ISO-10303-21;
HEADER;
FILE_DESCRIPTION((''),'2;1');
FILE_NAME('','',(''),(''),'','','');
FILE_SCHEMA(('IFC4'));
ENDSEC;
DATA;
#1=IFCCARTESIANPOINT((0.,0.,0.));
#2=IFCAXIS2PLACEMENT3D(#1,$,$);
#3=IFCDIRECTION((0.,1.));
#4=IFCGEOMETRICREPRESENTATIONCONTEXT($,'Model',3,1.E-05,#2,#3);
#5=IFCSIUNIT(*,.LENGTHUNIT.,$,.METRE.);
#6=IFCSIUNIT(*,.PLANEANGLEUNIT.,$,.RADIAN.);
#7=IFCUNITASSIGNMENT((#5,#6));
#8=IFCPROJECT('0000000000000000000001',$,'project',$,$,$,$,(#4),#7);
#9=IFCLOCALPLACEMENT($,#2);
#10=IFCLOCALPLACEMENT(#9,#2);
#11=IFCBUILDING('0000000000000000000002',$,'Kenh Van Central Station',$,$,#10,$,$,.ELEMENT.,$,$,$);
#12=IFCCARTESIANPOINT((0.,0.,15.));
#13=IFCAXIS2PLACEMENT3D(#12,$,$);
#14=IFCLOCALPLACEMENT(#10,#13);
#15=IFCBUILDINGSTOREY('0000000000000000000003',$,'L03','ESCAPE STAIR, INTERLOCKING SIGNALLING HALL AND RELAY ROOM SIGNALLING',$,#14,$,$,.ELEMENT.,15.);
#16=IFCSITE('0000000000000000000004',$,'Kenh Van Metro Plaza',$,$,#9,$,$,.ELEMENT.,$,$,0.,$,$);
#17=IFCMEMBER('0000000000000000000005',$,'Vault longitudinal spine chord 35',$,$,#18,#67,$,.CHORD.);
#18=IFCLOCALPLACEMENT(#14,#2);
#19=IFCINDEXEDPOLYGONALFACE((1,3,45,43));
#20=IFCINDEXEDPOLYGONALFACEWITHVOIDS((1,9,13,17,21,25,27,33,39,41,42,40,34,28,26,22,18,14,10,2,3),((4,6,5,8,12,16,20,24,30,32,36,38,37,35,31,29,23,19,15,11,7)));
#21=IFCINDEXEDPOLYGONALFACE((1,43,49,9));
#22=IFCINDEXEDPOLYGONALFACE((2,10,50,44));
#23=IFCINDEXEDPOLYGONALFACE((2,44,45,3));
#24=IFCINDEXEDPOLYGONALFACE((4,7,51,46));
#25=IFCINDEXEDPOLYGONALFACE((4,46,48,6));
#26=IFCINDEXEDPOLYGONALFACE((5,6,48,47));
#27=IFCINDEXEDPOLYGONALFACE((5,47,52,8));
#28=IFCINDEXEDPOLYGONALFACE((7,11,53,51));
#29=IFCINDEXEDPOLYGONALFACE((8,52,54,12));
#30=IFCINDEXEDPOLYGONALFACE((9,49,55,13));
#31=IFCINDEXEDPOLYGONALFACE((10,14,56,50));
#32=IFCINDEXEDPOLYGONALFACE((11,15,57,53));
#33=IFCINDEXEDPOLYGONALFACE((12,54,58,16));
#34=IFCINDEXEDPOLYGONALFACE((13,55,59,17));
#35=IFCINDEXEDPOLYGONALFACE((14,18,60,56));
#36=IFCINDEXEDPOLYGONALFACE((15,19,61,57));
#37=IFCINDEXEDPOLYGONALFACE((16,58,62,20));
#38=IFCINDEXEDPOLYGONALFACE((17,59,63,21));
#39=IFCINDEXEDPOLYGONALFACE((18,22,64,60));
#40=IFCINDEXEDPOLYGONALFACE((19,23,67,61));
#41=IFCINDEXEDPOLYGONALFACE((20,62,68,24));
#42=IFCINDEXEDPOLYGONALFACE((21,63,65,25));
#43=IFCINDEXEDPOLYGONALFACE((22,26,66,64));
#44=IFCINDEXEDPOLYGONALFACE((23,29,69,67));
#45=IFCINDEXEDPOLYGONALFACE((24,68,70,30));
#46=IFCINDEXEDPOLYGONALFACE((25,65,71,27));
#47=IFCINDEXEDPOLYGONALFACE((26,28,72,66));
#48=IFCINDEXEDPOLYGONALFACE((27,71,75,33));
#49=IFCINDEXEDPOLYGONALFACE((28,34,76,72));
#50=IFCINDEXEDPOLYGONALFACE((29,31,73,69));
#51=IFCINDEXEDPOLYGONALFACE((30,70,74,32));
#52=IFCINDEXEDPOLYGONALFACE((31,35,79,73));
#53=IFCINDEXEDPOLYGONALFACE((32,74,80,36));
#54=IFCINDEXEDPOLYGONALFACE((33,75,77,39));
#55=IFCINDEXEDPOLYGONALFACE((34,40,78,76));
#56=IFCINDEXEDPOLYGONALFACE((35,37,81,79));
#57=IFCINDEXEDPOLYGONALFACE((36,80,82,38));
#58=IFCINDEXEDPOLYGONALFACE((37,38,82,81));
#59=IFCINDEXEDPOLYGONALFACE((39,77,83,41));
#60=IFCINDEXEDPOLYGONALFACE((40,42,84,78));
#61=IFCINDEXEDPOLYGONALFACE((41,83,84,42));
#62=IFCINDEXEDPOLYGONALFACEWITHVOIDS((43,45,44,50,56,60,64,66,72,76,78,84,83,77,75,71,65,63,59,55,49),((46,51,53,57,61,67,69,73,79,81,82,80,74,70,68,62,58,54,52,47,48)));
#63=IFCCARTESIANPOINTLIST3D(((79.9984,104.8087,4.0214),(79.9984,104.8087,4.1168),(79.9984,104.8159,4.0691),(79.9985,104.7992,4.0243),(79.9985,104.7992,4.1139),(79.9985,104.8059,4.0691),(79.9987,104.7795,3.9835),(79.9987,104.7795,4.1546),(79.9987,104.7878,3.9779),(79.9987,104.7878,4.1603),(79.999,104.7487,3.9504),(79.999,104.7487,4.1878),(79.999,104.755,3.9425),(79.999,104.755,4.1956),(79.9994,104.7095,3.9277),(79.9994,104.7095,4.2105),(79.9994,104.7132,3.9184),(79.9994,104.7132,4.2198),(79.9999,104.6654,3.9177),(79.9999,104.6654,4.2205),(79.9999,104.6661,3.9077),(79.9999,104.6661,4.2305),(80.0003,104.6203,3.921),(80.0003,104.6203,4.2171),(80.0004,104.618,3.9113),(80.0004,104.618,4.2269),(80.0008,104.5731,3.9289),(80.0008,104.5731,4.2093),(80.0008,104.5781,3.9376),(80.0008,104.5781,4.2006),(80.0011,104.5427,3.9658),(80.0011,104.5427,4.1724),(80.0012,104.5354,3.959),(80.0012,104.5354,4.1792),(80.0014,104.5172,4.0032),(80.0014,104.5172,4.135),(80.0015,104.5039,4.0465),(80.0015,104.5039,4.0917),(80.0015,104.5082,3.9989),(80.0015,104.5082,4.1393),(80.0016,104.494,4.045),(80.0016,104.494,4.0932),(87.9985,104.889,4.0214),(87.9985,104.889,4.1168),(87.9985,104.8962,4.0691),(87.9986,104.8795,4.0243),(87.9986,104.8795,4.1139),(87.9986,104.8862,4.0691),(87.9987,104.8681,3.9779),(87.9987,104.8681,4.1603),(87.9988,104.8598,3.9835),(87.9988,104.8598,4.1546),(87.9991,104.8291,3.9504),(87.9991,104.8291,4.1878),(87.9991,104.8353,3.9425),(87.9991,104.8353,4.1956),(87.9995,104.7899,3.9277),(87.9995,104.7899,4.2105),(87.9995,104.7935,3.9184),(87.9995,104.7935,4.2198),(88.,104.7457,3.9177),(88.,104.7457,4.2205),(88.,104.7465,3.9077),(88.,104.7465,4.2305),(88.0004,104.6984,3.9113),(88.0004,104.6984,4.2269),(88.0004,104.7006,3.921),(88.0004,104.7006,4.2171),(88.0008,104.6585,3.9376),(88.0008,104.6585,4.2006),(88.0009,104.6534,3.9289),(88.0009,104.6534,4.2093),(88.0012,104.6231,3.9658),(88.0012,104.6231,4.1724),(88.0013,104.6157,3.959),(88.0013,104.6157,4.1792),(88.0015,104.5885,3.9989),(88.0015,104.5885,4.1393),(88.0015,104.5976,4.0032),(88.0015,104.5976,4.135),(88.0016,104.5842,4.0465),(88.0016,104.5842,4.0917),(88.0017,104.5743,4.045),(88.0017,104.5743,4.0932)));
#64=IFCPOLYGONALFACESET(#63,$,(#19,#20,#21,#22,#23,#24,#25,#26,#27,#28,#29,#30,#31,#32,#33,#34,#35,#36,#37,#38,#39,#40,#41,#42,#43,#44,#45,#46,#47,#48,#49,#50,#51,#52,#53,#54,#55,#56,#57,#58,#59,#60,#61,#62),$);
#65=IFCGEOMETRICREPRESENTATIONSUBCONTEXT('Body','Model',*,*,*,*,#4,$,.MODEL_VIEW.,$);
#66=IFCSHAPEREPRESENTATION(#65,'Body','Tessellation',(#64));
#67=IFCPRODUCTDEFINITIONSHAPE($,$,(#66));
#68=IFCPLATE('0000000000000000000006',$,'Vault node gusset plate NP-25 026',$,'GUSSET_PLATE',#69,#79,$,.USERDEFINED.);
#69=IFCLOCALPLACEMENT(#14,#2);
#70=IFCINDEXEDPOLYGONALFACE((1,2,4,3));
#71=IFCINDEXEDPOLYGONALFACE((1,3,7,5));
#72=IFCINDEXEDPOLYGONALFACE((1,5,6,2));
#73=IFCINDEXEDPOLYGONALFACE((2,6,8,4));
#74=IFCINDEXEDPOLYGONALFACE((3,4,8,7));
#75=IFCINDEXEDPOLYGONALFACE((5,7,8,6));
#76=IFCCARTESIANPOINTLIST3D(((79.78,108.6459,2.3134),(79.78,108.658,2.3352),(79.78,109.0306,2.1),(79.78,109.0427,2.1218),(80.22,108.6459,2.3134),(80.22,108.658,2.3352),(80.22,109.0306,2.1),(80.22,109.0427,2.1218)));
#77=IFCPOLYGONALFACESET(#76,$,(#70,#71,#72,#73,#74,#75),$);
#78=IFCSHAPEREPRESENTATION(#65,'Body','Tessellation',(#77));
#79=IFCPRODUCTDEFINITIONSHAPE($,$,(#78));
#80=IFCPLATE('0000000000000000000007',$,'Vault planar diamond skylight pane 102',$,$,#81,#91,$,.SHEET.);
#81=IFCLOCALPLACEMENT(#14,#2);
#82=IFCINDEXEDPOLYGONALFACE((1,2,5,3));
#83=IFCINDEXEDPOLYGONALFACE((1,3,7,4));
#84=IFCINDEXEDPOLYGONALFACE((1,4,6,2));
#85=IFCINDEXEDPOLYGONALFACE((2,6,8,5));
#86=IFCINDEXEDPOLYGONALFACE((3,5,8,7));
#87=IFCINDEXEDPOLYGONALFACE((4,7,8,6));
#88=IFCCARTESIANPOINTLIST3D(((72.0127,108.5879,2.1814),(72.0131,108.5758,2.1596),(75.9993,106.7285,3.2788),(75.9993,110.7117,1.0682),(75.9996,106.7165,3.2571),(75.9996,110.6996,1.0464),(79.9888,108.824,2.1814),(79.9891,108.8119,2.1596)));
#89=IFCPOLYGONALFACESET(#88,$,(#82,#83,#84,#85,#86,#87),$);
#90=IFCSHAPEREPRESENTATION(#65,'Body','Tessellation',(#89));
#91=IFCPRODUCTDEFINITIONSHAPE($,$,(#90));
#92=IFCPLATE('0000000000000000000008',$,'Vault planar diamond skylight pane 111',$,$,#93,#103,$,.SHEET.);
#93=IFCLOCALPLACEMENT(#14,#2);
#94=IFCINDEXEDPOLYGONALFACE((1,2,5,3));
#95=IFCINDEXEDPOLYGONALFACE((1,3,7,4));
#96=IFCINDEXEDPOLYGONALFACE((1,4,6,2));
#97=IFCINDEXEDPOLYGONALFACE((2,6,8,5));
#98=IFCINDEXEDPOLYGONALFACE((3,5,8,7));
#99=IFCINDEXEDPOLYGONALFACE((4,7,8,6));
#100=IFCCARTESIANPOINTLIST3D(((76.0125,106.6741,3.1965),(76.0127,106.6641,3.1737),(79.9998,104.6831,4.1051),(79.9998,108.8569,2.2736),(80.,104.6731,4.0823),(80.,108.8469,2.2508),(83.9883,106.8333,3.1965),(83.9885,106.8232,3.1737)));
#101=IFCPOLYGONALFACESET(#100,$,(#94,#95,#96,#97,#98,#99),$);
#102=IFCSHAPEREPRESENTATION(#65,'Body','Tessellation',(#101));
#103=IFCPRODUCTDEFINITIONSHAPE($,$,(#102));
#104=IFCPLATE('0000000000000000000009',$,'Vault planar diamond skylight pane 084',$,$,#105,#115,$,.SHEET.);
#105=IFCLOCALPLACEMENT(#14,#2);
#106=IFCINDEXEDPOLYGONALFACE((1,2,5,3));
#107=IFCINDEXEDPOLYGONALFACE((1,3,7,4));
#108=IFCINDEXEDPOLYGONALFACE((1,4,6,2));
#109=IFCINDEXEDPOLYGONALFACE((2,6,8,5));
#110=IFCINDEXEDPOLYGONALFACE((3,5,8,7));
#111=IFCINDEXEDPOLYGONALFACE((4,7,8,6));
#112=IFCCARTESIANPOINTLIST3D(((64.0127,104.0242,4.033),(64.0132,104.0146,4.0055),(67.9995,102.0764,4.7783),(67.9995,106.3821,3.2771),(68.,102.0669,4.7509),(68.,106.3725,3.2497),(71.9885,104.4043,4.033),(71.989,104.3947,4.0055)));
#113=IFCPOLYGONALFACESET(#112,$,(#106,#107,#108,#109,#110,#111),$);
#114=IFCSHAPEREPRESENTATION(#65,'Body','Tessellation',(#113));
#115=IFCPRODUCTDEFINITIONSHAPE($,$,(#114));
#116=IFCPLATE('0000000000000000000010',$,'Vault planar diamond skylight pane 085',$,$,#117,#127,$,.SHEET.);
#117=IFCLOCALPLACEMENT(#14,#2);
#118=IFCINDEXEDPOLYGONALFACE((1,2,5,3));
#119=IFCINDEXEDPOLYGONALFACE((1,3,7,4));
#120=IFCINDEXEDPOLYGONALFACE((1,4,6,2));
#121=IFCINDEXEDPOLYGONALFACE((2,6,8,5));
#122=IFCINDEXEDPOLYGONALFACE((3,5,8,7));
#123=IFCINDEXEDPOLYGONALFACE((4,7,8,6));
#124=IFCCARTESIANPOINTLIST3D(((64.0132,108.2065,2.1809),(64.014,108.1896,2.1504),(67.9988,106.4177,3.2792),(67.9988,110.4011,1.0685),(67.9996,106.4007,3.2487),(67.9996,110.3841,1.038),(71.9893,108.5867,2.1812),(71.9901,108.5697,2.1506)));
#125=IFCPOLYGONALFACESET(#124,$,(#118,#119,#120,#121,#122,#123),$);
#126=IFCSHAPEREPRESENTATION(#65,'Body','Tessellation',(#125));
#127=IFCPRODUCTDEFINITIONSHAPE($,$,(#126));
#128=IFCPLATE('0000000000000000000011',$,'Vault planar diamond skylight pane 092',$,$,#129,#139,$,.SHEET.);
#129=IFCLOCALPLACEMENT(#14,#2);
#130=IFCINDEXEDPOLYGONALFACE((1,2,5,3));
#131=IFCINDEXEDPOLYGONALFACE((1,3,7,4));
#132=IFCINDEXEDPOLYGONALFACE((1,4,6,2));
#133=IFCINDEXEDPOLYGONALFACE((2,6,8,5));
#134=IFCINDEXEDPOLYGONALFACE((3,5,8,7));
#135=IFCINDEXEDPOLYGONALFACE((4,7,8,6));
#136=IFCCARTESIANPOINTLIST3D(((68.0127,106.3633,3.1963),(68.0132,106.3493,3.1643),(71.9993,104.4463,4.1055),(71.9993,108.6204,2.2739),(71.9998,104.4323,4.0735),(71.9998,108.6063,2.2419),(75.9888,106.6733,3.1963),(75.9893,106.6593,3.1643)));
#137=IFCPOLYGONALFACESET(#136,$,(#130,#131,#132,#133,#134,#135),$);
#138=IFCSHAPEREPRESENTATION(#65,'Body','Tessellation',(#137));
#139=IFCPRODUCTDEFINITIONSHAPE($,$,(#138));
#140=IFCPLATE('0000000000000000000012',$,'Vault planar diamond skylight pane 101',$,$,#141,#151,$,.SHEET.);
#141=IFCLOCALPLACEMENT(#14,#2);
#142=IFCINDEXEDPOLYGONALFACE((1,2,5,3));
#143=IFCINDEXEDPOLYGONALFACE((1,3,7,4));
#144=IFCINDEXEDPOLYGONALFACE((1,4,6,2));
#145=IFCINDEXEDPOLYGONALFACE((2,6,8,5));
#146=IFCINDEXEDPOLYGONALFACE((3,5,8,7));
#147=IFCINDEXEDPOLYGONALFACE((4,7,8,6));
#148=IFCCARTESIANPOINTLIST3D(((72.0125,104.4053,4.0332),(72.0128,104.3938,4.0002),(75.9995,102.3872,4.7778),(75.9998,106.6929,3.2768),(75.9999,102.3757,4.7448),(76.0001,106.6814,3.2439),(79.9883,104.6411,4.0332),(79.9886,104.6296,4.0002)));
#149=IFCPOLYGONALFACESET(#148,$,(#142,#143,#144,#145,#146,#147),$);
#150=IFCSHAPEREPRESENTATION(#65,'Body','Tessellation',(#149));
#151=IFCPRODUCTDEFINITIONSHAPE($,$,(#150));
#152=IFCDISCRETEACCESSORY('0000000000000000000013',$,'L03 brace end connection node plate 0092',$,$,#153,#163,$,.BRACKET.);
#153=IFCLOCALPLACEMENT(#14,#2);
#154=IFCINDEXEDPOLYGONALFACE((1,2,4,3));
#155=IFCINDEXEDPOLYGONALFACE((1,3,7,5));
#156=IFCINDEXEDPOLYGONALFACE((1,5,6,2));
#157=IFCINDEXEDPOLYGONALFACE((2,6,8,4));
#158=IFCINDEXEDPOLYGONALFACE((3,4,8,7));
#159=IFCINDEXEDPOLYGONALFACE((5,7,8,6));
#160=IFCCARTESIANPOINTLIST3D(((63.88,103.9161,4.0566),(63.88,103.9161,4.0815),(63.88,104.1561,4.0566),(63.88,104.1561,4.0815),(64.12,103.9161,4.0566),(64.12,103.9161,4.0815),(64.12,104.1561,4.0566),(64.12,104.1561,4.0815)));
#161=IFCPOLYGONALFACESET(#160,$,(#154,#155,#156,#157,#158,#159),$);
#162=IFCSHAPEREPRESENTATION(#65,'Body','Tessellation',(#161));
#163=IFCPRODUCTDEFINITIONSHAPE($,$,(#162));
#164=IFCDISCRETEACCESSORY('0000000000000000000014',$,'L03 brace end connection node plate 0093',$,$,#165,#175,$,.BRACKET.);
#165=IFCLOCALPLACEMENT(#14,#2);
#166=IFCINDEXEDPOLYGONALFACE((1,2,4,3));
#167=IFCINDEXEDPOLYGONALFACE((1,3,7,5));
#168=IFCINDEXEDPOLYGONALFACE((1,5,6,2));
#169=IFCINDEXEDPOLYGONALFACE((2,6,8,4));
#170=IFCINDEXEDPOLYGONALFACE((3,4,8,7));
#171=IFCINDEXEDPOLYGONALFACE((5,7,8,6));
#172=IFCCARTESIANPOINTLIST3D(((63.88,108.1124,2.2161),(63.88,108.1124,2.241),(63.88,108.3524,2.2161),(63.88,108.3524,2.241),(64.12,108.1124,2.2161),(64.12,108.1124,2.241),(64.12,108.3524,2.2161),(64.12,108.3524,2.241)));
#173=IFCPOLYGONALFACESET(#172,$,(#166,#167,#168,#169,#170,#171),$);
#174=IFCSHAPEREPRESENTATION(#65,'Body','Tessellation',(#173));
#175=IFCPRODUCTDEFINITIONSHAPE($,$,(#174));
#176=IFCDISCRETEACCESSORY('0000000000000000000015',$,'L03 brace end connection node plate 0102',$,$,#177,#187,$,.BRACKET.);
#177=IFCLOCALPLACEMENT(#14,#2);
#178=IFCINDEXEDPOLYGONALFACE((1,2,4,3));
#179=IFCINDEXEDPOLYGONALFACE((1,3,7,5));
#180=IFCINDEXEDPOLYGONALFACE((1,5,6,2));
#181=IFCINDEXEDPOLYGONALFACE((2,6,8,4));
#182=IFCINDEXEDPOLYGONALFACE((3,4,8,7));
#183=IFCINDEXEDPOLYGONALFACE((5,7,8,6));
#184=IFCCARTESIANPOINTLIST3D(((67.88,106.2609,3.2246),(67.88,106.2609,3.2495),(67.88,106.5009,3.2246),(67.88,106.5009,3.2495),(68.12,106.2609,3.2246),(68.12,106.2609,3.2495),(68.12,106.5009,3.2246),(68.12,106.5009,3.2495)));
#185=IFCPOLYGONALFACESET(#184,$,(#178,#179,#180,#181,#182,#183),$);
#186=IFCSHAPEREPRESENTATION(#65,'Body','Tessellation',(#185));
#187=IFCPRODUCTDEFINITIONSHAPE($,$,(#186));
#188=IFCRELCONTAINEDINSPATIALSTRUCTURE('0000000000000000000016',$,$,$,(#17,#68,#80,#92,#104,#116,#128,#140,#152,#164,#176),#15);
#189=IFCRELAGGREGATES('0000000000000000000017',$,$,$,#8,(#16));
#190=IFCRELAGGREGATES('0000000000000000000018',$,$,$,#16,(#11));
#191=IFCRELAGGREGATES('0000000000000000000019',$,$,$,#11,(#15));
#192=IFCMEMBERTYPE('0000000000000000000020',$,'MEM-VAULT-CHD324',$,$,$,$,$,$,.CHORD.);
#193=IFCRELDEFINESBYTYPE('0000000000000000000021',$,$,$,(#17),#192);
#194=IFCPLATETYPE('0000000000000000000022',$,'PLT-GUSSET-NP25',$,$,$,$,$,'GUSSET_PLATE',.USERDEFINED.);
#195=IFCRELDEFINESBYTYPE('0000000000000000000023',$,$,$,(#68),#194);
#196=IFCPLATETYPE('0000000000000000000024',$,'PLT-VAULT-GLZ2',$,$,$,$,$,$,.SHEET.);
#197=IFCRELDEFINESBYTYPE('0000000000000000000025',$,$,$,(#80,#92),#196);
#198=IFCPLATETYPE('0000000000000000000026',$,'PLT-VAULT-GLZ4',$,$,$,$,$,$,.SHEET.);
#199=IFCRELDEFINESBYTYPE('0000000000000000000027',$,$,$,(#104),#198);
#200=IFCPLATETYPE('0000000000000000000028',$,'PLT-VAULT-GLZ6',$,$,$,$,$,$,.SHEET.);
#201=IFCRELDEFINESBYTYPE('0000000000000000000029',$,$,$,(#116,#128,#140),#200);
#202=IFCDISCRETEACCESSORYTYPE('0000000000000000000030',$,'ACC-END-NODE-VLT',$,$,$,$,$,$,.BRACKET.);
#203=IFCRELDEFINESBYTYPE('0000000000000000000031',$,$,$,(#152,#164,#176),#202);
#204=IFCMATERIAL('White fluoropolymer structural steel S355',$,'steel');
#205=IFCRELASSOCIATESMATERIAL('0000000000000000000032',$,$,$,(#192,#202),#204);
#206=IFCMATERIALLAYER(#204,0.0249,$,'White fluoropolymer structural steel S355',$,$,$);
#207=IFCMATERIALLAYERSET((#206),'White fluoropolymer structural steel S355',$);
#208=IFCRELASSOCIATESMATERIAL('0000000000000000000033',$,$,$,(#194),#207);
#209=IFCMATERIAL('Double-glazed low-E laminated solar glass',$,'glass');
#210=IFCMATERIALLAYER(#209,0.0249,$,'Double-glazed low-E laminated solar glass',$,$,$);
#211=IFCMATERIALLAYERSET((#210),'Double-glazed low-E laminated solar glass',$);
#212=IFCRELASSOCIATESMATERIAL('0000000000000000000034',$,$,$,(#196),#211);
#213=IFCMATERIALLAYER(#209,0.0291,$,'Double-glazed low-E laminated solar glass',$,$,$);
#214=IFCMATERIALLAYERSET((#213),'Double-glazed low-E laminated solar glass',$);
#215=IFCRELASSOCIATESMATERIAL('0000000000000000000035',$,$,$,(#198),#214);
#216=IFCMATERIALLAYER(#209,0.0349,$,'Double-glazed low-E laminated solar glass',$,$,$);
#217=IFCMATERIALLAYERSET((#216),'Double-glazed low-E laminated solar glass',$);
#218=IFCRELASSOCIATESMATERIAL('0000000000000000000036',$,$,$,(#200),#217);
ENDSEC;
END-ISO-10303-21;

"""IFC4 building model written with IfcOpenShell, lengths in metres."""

from ifc_helpers import new_model, si_unit, direction, frame, origin, origin_2d, place, context, subcontext, project, spatial, polyline, rectangle, hollow_circle, outline, extrude, material, layer, layer_set, material_profile, profile_set, type_object, element, save


model = new_model("IFC4")

# Units and contexts
model_context = context("Model", 3, precision=1e-05, world=origin(), true_north=direction((0.0, 1.0)))
body_context = subcontext(model_context, "Body", "Model", "MODEL_VIEW")
ifc_project = project(units=[si_unit("LENGTHUNIT", "METRE"), si_unit("PLANEANGLEUNIT", "RADIAN")], contexts=[model_context])

# Site, building, storey
site_placement = place(None, origin())
site = spatial("IfcSite", under=ifc_project, at=site_placement, Name="Kenh Van Metro Plaza", CompositionType="ELEMENT", RefElevation=0.0)
building_placement = place(site_placement, origin())
building = spatial("IfcBuilding", under=site, at=building_placement, Name="Kenh Van Central Station", CompositionType="ELEMENT")
storey_placement = place(building_placement, frame((0.0, 0.0, 15.0)))
storey = spatial("IfcBuildingStorey", under=building, at=storey_placement, Name="L03", Description="ESCAPE STAIR, INTERLOCKING SIGNALLING HALL AND RELAY ROOM SIGNALLING", CompositionType="ELEMENT", Elevation=15.0)

# Shared definitions
ifc_material_1 = material(Name="White fluoropolymer structural steel S355", Category="steel")

# Member
ifc_material_profile_1 = material_profile(ifc_material_1, hollow_circle(Radius=0.1619, WallThickness=0.01, at=origin_2d()), Name="CHS 323.9x10")
ifc_profile_set_1 = profile_set([ifc_material_profile_1], Name="White fluoropolymer structural steel S355")
member_type_1 = type_object("IfcMemberType", Name="MEM-VAULT-CHD324", PredefinedType="CHORD", material=ifc_profile_set_1)
member_1_placement = place(storey_placement, frame((80.0, 104.6541, 4.0691), z_axis=(0.99995, 0.01004, 0.0), x_axis=(-0.01004, 0.99995, 0.0)))
element("IfcMember", 1, at=member_1_placement, inside=storey, type_object=member_type_1, Name="Vault longitudinal spine chord 35", PredefinedType="CHORD", context=body_context, shape_type="SweptSolid", body=[
    extrude(hollow_circle(Radius=0.1619, WallThickness=0.01, at=origin_2d()), origin(), (0.0, 0.0, 1.0), 8.0005),
])

# Plates
ifc_layer_1 = layer(ifc_material_1, 0.0249, Name="White fluoropolymer structural steel S355")
ifc_layer_set_1 = layer_set([ifc_layer_1], Name="White fluoropolymer structural steel S355")
plate_type_1 = type_object("IfcPlateType", Name="PLT-GUSSET-NP25", ElementType="GUSSET_PLATE", PredefinedType="USERDEFINED", material=ifc_layer_set_1)
plate_1_placement = place(storey_placement, frame((79.78, 108.658, 2.3352), z_axis=(0.0, 0.484983, 0.874523), x_axis=(1.0, 0.0, 0.0)))
element("IfcPlate", 2, at=plate_1_placement, inside=storey, type_object=plate_type_1, Name="Vault node gusset plate NP-25 026", ObjectType="GUSSET_PLATE", PredefinedType="USERDEFINED", context=body_context, shape_type="SweptSolid", body=[
    extrude(outline(polyline([(0.0, 0.0), (0.4399, 0.0), (0.4399, 0.44), (0.0, 0.44), (0.0, 0.0)])), origin(), (0.0, 0.0, -1.0), 0.0249),
])
ifc_material_2 = material(Name="Double-glazed low-E laminated solar glass", Category="glass")
ifc_layer_2 = layer(ifc_material_2, 0.0249, Name="Double-glazed low-E laminated solar glass")
ifc_layer_set_2 = layer_set([ifc_layer_2], Name="Double-glazed low-E laminated solar glass")
plate_type_2 = type_object("IfcPlateType", Name="PLT-VAULT-GLZ2", PredefinedType="SHEET", material=ifc_layer_set_2)
plate_2_placement = place(storey_placement, frame((72.0127, 108.5879, 2.1814), z_axis=(-0.014362, 0.485229, 0.874269), x_axis=(0.879322, -0.410119, 0.242066)))
element("IfcPlate", 3, at=plate_2_placement, inside=storey, type_object=plate_type_2, Name="Vault planar diamond skylight pane 102", PredefinedType="SHEET", context=body_context, shape_type="SweptSolid", body=[
    extrude(outline(polyline([(0.0, 0.0), (4.5337, 0.0), (6.9167, 3.979), (2.365, 4.0062), (0.0, 0.0)])), origin(), (0.0, 0.0, -1.0), 0.0249),
])
plate_3_placement = place(storey_placement, frame((76.0125, 106.6741, 3.1965), z_axis=(-0.008019, 0.401817, 0.915685), x_axis=(0.876632, -0.437734, 0.199762)))
element("IfcPlate", 4, at=plate_3_placement, inside=storey, type_object=plate_type_2, Name="Vault planar diamond skylight pane 111", PredefinedType="SHEET", context=body_context, shape_type="SweptSolid", body=[
    extrude(outline(polyline([(0.0, 0.0), (4.5484, 0.0), (6.9222, 3.9652), (2.3555, 3.9958), (0.0, 0.0)])), origin(), (0.0, 0.0, -1.0), 0.0249),
])
ifc_layer_3 = layer(ifc_material_2, 0.0291, Name="Double-glazed low-E laminated solar glass")
ifc_layer_set_3 = layer_set([ifc_layer_3], Name="Double-glazed low-E laminated solar glass")
plate_type_3 = type_object("IfcPlateType", Name="PLT-VAULT-GLZ4", PredefinedType="SHEET", material=ifc_layer_set_3)
plate_4_placement = place(storey_placement, frame((64.0127, 104.0242, 4.033), z_axis=(-0.015689, 0.329184, 0.944135), x_axis=(0.88609, -0.432898, 0.165659)))
element("IfcPlate", 5, at=plate_4_placement, inside=storey, type_object=plate_type_3, Name="Vault planar diamond skylight pane 084", PredefinedType="SHEET", context=body_context, shape_type="SweptSolid", body=[
    extrude(outline(polyline([(0.0, 0.0), (4.4993, 0.0), (6.9027, 4.0138), (2.3867, 4.041), (0.0, 0.0)])), origin(), (0.0, 0.0, -1.0), 0.0291),
])
ifc_layer_4 = layer(ifc_material_2, 0.0349, Name="Double-glazed low-E laminated solar glass")
ifc_layer_set_4 = layer_set([ifc_layer_4], Name="Double-glazed low-E laminated solar glass")
plate_type_4 = type_object("IfcPlateType", Name="PLT-VAULT-GLZ6", PredefinedType="SHEET", material=ifc_layer_set_4)
plate_5_placement = place(storey_placement, frame((64.0132, 108.2065, 2.1809), z_axis=(-0.023147, 0.485126, 0.874138), x_axis=(0.884787, -0.39712, 0.243821)))
element("IfcPlate", 6, at=plate_5_placement, inside=storey, type_object=plate_type_4, Name="Vault planar diamond skylight pane 085", PredefinedType="SHEET", context=body_context, shape_type="SweptSolid", body=[
    extrude(outline(polyline([(0.0, 0.0), (4.5046, 0.0), (6.9062, 4.0083), (2.3837, 4.0319), (0.0, 0.0)])), origin(), (0.0, 0.0, -1.0), 0.0349),
])
plate_6_placement = place(storey_placement, frame((68.0127, 106.3633, 3.1963), z_axis=(-0.015618, 0.401761, 0.915611), x_axis=(0.882767, -0.424491, 0.20132)))
element("IfcPlate", 7, at=plate_6_placement, inside=storey, type_object=plate_type_4, Name="Vault planar diamond skylight pane 092", PredefinedType="SHEET", context=body_context, shape_type="SweptSolid", body=[
    extrude(outline(polyline([(0.0, 0.0), (4.516, 0.0), (6.9094, 3.9968), (2.3754, 4.0243), (0.0, 0.0)])), origin(), (0.0, 0.0, -1.0), 0.0349),
])
plate_7_placement = place(storey_placement, frame((72.0125, 104.4053, 4.0332), z_axis=(-0.009733, 0.329162, 0.944223), x_axis=(0.880085, -0.44546, 0.164362)))
element("IfcPlate", 8, at=plate_7_placement, inside=storey, type_object=plate_type_4, Name="Vault planar diamond skylight pane 101", PredefinedType="SHEET", context=body_context, shape_type="SweptSolid", body=[
    extrude(outline(polyline([(0.0, 0.0), (4.5303, 0.0), (6.9144, 3.9826), (2.3658, 4.0133), (0.0, 0.0)])), origin(), (0.0, 0.0, -1.0), 0.0349),
])

# Discrete accessories
discrete_accessory_type = type_object("IfcDiscreteAccessoryType", Name="ACC-END-NODE-VLT", PredefinedType="BRACKET", material=ifc_material_1)
for number, where, z_axis, x_axis, name in (
    (9, (64.0, 104.0361, 4.0566), (0.0, 0.0, 1.0), (1.0, 0.0, 0.0), "L03 brace end connection node plate 0092"),
    (10, (64.0, 108.2324, 2.2161), (0.0, 0.0, 1.0), (1.0, 0.0, 0.0), "L03 brace end connection node plate 0093"),
    (11, (68.0, 106.3809, 3.2246), (0.0, 0.0, 1.0), (1.0, 0.0, 0.0), "L03 brace end connection node plate 0102"),
):
    element("IfcDiscreteAccessory", number, at=place(storey_placement, frame(where, z_axis=z_axis, x_axis=x_axis)), inside=storey, type_object=discrete_accessory_type, Name=name, PredefinedType="BRACKET", context=body_context, shape_type="SweptSolid", body=[
        extrude(rectangle(XDim=0.24, YDim=0.24, at=origin_2d()), origin(), (0.0, 0.0, 1.0), 0.0249),
    ])

save(model, "model.ifc")
